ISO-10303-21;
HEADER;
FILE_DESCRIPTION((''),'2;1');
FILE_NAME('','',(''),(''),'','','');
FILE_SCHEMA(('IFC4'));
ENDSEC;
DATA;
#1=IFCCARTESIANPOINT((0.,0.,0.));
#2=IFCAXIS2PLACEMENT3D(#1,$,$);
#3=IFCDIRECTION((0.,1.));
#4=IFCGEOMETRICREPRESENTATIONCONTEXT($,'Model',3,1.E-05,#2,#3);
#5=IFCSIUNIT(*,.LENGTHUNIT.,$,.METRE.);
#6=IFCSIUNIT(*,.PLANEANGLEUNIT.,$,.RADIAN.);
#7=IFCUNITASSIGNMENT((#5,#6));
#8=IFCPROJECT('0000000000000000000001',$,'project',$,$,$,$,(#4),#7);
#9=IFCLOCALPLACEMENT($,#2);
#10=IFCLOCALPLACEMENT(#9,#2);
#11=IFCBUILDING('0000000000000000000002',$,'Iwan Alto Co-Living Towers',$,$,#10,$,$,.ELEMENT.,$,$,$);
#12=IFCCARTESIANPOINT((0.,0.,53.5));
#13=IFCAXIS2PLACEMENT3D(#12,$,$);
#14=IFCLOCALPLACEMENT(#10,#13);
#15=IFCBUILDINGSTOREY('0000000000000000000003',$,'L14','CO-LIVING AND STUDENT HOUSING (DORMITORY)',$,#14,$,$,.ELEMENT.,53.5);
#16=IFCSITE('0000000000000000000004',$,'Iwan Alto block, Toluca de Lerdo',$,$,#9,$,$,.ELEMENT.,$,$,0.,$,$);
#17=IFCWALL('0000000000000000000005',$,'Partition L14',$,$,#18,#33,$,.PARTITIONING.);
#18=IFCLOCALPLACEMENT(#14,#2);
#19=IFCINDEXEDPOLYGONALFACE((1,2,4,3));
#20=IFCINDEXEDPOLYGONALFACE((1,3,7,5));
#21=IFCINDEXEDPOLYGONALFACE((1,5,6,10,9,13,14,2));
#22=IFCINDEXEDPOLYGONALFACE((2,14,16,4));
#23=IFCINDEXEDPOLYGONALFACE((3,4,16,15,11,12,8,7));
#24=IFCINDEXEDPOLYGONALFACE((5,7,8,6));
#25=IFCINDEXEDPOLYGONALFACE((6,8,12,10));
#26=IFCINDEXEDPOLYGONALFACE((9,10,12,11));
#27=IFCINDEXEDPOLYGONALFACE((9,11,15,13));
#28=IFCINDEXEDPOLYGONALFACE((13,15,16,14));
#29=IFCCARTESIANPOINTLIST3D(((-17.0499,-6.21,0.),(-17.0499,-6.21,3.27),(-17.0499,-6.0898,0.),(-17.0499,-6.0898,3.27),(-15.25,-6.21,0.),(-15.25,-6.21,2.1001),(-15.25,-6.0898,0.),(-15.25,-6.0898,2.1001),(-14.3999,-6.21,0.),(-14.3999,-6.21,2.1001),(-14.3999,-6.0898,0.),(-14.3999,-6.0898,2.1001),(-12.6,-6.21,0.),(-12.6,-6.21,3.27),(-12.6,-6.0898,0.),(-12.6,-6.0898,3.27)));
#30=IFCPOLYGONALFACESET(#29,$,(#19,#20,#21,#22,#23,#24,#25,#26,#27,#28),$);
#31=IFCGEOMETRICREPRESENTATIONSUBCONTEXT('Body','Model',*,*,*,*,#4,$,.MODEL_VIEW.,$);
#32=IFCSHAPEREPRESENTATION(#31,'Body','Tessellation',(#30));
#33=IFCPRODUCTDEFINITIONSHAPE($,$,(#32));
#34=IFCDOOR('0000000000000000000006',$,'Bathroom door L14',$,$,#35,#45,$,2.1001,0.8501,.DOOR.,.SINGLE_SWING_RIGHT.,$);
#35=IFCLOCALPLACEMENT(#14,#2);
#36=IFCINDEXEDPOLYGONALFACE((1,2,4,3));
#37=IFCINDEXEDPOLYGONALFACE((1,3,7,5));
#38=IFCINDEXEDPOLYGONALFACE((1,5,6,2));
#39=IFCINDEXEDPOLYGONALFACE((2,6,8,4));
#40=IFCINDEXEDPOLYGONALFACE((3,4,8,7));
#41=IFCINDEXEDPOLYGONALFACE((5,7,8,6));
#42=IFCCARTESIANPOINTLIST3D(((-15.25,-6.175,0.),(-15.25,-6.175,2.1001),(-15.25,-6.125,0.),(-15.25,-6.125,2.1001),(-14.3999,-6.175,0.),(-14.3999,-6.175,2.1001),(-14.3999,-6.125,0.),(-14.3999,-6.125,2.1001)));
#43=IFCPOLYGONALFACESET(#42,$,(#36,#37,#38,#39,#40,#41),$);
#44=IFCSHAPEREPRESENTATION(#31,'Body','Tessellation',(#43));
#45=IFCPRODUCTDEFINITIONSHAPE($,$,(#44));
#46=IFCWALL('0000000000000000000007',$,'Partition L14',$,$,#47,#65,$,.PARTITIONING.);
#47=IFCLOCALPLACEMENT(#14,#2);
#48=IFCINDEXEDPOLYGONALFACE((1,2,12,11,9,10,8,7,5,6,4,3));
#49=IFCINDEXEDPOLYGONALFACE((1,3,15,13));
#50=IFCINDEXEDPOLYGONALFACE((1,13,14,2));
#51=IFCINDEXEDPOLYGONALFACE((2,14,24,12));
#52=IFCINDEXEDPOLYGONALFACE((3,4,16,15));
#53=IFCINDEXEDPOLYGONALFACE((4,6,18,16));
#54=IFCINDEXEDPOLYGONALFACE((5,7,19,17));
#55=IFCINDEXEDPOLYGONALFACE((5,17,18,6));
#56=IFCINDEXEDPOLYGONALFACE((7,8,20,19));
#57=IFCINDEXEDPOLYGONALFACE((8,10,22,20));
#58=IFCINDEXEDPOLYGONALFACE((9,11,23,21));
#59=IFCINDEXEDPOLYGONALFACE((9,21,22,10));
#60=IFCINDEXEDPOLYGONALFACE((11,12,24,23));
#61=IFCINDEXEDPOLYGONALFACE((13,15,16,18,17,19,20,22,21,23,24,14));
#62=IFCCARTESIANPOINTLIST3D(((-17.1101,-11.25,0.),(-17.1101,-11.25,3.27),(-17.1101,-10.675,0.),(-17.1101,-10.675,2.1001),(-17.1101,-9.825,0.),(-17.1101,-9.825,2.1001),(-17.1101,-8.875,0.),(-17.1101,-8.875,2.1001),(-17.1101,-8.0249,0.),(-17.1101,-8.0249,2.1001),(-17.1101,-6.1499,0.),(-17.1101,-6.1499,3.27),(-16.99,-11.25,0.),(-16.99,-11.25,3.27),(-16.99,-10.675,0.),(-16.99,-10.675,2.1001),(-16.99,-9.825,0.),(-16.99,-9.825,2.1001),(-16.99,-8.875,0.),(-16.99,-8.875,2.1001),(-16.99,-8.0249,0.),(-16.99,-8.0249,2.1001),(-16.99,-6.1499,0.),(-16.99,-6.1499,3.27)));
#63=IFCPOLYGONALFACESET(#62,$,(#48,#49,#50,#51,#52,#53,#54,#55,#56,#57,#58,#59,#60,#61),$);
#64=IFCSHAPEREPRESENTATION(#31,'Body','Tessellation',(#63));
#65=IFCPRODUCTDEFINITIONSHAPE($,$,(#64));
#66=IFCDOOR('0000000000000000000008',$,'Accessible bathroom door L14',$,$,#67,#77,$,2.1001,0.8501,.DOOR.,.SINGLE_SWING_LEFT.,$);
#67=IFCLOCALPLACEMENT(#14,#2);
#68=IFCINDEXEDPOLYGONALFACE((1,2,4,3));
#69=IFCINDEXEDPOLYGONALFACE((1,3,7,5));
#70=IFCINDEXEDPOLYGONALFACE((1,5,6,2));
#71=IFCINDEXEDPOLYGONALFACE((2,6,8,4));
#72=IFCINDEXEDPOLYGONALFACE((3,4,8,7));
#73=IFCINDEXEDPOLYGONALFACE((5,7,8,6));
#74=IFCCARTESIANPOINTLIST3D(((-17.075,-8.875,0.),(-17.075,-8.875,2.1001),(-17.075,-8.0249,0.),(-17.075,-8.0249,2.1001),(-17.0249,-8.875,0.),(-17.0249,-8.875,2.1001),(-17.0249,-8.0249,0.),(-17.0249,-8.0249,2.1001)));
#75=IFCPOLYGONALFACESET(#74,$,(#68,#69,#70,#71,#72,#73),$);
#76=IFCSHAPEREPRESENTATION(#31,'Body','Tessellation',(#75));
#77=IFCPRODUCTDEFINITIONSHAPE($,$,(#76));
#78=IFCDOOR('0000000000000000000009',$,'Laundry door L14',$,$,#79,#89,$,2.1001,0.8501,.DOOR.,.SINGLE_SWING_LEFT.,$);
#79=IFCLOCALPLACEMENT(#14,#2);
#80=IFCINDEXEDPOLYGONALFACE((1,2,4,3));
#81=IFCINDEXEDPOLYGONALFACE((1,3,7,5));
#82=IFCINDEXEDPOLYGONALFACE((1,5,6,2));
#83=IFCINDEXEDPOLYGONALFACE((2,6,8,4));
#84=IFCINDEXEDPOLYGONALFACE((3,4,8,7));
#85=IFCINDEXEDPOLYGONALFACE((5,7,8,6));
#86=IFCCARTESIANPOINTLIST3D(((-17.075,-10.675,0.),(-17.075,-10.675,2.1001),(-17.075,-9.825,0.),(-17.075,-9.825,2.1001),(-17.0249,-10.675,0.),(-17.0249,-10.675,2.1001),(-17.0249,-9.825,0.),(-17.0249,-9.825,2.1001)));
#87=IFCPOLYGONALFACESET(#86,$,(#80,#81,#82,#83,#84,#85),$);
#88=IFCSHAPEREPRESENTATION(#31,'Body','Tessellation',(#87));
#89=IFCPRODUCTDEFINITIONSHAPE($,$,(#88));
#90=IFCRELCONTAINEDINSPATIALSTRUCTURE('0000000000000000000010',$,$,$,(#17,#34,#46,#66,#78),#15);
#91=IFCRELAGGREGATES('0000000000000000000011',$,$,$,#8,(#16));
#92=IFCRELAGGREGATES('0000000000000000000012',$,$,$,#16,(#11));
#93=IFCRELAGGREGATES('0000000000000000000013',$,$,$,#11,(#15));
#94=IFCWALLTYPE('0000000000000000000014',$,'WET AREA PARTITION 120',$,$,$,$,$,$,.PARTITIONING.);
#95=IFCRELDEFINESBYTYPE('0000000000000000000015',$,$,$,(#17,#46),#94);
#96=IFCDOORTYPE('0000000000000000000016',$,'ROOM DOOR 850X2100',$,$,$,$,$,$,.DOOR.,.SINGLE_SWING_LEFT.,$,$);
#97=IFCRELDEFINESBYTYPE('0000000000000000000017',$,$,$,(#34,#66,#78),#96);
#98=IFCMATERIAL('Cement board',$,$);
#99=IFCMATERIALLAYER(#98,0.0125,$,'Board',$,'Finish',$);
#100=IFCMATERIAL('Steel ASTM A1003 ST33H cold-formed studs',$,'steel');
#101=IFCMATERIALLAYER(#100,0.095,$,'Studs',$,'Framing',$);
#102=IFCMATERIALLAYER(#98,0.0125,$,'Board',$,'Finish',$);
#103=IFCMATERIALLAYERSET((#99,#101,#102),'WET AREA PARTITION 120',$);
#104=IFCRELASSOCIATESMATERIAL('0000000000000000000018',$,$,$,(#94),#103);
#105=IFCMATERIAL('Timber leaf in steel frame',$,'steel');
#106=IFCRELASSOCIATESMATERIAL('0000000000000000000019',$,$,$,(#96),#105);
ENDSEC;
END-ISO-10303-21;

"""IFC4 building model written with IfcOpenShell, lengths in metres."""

from ifc_helpers import new_model, si_unit, direction, frame, frame_2d, origin, place, context, subcontext, project, spatial, rectangle, extrude, material, layer, layer_set, type_object, element, fill, save


model = new_model("IFC4")

# Units and contexts
model_context = context("Model", 3, precision=1e-05, world=origin(), true_north=direction((0.0, 1.0)))
body_context = subcontext(model_context, "Body", "Model", "MODEL_VIEW")
ifc_project = project(units=[si_unit("LENGTHUNIT", "METRE"), si_unit("PLANEANGLEUNIT", "RADIAN")], contexts=[model_context])

# Site, building, storey
site_placement = place(None, origin())
site = spatial("IfcSite", under=ifc_project, at=site_placement, Name="Iwan Alto block, Toluca de Lerdo", CompositionType="ELEMENT", RefElevation=0.0)
building_placement = place(site_placement, origin())
building = spatial("IfcBuilding", under=site, at=building_placement, Name="Iwan Alto Co-Living Towers", CompositionType="ELEMENT")
storey_placement = place(building_placement, frame((0.0, 0.0, 53.5)))
storey = spatial("IfcBuildingStorey", under=building, at=storey_placement, Name="L14", Description="CO-LIVING AND STUDENT HOUSING (DORMITORY)", CompositionType="ELEMENT", Elevation=53.5)

# Shared definitions
ifc_material_1 = material(Name="Steel ASTM A1003 ST33H cold-formed studs", Category="steel")

# Shared definitions
ifc_material_2 = material(Name="Cement board")
ifc_layer_1 = layer(ifc_material_2, 0.0125, Name="Board", Category="Finish")
ifc_layer_2 = layer(ifc_material_1, 0.095, Name="Studs", Category="Framing")
ifc_layer_3 = layer(ifc_material_2, 0.0125, Name="Board", Category="Finish")
ifc_layer_set_1 = layer_set([ifc_layer_1, ifc_layer_2, ifc_layer_3], Name="WET AREA PARTITION 120")
wall_type_1 = type_object("IfcWallType", Name="WET AREA PARTITION 120", PredefinedType="PARTITIONING", material=ifc_layer_set_1)

# Wall, opening, door
wall_1_placement = place(storey_placement, frame((-17.05, -6.1499, 0.0), z_axis=(0.0, 0.0, 1.0), x_axis=(1.0, 0.0, 0.0)))
wall_1 = element("IfcWall", 1, at=wall_1_placement, inside=storey, type_object=wall_type_1, Name="Partition L14", PredefinedType="PARTITIONING", context=body_context, shape_type="SweptSolid", body=[
    extrude(rectangle(XDim=4.45, YDim=0.1201, at=frame_2d((2.2251, 0.0))), origin(), (0.0, 0.0, 1.0), 3.27),
])
opening_1_placement = place(wall_1_placement, frame((1.8, 0.0, 0.0)))
opening_1 = element("IfcOpeningElement", 2, at=opening_1_placement, cuts=wall_1, PredefinedType="OPENING", context=body_context, shape_type="SweptSolid", body=[
    extrude(rectangle(XDim=0.8501, YDim=2.1001, at=frame_2d((0.425, 1.05))), frame((0.0, 0.0701, 0.0), z_axis=(0.0, -1.0, 0.0), x_axis=(1.0, 0.0, 0.0)), (0.0, 0.0, 1.0), 0.1401),
])
ifc_material_3 = material(Name="Timber leaf in steel frame", Category="steel")
door_type_1 = type_object("IfcDoorType", Name="ROOM DOOR 850X2100", OperationType="SINGLE_SWING_LEFT", PredefinedType="DOOR", material=ifc_material_3)
door_1_placement = place(opening_1_placement, origin())
door_1 = element("IfcDoor", 3, at=door_1_placement, inside=storey, type_object=door_type_1, Name="Bathroom door L14", OperationType="SINGLE_SWING_RIGHT", OverallHeight=2.1001, OverallWidth=0.8501, PredefinedType="DOOR", context=body_context, shape_type="SweptSolid", body=[
    extrude(rectangle(XDim=0.8501, YDim=2.1001, at=frame_2d((0.425, 1.05))), frame((0.0, 0.0249, 0.0), z_axis=(0.0, -1.0, 0.0), x_axis=(1.0, 0.0, 0.0)), (0.0, 0.0, 1.0), 0.05),
])
fill(opening_1, door_1)

# Wall, openings, doors
wall_2_placement = place(storey_placement, frame((-17.05, -11.25, 0.0), z_axis=(0.0, 0.0, 1.0), x_axis=(0.0, 1.0, 0.0)))
wall_2 = element("IfcWall", 4, at=wall_2_placement, inside=storey, type_object=wall_type_1, Name="Partition L14", PredefinedType="PARTITIONING", context=body_context, shape_type="SweptSolid", body=[
    extrude(rectangle(XDim=5.1001, YDim=0.1201, at=frame_2d((2.55, 0.0))), origin(), (0.0, 0.0, 1.0), 3.27),
])
opening_2_placement = place(wall_2_placement, frame((2.375, 0.0, 0.0)))
opening_2 = element("IfcOpeningElement", 5, at=opening_2_placement, cuts=wall_2, PredefinedType="OPENING", context=body_context, shape_type="SweptSolid", body=[
    extrude(rectangle(XDim=0.8501, YDim=2.1001, at=frame_2d((0.425, 1.05))), frame((0.0, 0.0701, 0.0), z_axis=(0.0, -1.0, 0.0), x_axis=(1.0, 0.0, 0.0)), (0.0, 0.0, 1.0), 0.1401),
])
opening_3_placement = place(wall_2_placement, frame((0.575, 0.0, 0.0)))
opening_3 = element("IfcOpeningElement", 6, at=opening_3_placement, cuts=wall_2, PredefinedType="OPENING", context=body_context, shape_type="SweptSolid", body=[
    extrude(rectangle(XDim=0.8501, YDim=2.1001, at=frame_2d((0.425, 1.05))), frame((0.0, 0.0701, 0.0), z_axis=(0.0, -1.0, 0.0), x_axis=(1.0, 0.0, 0.0)), (0.0, 0.0, 1.0), 0.1401),
])
door_2_placement = place(opening_2_placement, origin())
door_2 = element("IfcDoor", 7, at=door_2_placement, inside=storey, type_object=door_type_1, Name="Accessible bathroom door L14", OperationType="SINGLE_SWING_LEFT", OverallHeight=2.1001, OverallWidth=0.8501, PredefinedType="DOOR", context=body_context, shape_type="SweptSolid", body=[
    extrude(rectangle(XDim=0.8501, YDim=2.1001, at=frame_2d((0.425, 1.05))), frame((0.0, 0.0249, 0.0), z_axis=(0.0, -1.0, 0.0), x_axis=(1.0, 0.0, 0.0)), (0.0, 0.0, 1.0), 0.05),
])
fill(opening_2, door_2)
door_3_placement = place(opening_3_placement, origin())
door_3 = element("IfcDoor", 8, at=door_3_placement, inside=storey, type_object=door_type_1, Name="Laundry door L14", OperationType="SINGLE_SWING_LEFT", OverallHeight=2.1001, OverallWidth=0.8501, PredefinedType="DOOR", context=body_context, shape_type="SweptSolid", body=[
    extrude(rectangle(XDim=0.8501, YDim=2.1001, at=frame_2d((0.425, 1.05))), frame((0.0, 0.0249, 0.0), z_axis=(0.0, -1.0, 0.0), x_axis=(1.0, 0.0, 0.0)), (0.0, 0.0, 1.0), 0.05),
])
fill(opening_3, door_3)

save(model, "model.ifc")
